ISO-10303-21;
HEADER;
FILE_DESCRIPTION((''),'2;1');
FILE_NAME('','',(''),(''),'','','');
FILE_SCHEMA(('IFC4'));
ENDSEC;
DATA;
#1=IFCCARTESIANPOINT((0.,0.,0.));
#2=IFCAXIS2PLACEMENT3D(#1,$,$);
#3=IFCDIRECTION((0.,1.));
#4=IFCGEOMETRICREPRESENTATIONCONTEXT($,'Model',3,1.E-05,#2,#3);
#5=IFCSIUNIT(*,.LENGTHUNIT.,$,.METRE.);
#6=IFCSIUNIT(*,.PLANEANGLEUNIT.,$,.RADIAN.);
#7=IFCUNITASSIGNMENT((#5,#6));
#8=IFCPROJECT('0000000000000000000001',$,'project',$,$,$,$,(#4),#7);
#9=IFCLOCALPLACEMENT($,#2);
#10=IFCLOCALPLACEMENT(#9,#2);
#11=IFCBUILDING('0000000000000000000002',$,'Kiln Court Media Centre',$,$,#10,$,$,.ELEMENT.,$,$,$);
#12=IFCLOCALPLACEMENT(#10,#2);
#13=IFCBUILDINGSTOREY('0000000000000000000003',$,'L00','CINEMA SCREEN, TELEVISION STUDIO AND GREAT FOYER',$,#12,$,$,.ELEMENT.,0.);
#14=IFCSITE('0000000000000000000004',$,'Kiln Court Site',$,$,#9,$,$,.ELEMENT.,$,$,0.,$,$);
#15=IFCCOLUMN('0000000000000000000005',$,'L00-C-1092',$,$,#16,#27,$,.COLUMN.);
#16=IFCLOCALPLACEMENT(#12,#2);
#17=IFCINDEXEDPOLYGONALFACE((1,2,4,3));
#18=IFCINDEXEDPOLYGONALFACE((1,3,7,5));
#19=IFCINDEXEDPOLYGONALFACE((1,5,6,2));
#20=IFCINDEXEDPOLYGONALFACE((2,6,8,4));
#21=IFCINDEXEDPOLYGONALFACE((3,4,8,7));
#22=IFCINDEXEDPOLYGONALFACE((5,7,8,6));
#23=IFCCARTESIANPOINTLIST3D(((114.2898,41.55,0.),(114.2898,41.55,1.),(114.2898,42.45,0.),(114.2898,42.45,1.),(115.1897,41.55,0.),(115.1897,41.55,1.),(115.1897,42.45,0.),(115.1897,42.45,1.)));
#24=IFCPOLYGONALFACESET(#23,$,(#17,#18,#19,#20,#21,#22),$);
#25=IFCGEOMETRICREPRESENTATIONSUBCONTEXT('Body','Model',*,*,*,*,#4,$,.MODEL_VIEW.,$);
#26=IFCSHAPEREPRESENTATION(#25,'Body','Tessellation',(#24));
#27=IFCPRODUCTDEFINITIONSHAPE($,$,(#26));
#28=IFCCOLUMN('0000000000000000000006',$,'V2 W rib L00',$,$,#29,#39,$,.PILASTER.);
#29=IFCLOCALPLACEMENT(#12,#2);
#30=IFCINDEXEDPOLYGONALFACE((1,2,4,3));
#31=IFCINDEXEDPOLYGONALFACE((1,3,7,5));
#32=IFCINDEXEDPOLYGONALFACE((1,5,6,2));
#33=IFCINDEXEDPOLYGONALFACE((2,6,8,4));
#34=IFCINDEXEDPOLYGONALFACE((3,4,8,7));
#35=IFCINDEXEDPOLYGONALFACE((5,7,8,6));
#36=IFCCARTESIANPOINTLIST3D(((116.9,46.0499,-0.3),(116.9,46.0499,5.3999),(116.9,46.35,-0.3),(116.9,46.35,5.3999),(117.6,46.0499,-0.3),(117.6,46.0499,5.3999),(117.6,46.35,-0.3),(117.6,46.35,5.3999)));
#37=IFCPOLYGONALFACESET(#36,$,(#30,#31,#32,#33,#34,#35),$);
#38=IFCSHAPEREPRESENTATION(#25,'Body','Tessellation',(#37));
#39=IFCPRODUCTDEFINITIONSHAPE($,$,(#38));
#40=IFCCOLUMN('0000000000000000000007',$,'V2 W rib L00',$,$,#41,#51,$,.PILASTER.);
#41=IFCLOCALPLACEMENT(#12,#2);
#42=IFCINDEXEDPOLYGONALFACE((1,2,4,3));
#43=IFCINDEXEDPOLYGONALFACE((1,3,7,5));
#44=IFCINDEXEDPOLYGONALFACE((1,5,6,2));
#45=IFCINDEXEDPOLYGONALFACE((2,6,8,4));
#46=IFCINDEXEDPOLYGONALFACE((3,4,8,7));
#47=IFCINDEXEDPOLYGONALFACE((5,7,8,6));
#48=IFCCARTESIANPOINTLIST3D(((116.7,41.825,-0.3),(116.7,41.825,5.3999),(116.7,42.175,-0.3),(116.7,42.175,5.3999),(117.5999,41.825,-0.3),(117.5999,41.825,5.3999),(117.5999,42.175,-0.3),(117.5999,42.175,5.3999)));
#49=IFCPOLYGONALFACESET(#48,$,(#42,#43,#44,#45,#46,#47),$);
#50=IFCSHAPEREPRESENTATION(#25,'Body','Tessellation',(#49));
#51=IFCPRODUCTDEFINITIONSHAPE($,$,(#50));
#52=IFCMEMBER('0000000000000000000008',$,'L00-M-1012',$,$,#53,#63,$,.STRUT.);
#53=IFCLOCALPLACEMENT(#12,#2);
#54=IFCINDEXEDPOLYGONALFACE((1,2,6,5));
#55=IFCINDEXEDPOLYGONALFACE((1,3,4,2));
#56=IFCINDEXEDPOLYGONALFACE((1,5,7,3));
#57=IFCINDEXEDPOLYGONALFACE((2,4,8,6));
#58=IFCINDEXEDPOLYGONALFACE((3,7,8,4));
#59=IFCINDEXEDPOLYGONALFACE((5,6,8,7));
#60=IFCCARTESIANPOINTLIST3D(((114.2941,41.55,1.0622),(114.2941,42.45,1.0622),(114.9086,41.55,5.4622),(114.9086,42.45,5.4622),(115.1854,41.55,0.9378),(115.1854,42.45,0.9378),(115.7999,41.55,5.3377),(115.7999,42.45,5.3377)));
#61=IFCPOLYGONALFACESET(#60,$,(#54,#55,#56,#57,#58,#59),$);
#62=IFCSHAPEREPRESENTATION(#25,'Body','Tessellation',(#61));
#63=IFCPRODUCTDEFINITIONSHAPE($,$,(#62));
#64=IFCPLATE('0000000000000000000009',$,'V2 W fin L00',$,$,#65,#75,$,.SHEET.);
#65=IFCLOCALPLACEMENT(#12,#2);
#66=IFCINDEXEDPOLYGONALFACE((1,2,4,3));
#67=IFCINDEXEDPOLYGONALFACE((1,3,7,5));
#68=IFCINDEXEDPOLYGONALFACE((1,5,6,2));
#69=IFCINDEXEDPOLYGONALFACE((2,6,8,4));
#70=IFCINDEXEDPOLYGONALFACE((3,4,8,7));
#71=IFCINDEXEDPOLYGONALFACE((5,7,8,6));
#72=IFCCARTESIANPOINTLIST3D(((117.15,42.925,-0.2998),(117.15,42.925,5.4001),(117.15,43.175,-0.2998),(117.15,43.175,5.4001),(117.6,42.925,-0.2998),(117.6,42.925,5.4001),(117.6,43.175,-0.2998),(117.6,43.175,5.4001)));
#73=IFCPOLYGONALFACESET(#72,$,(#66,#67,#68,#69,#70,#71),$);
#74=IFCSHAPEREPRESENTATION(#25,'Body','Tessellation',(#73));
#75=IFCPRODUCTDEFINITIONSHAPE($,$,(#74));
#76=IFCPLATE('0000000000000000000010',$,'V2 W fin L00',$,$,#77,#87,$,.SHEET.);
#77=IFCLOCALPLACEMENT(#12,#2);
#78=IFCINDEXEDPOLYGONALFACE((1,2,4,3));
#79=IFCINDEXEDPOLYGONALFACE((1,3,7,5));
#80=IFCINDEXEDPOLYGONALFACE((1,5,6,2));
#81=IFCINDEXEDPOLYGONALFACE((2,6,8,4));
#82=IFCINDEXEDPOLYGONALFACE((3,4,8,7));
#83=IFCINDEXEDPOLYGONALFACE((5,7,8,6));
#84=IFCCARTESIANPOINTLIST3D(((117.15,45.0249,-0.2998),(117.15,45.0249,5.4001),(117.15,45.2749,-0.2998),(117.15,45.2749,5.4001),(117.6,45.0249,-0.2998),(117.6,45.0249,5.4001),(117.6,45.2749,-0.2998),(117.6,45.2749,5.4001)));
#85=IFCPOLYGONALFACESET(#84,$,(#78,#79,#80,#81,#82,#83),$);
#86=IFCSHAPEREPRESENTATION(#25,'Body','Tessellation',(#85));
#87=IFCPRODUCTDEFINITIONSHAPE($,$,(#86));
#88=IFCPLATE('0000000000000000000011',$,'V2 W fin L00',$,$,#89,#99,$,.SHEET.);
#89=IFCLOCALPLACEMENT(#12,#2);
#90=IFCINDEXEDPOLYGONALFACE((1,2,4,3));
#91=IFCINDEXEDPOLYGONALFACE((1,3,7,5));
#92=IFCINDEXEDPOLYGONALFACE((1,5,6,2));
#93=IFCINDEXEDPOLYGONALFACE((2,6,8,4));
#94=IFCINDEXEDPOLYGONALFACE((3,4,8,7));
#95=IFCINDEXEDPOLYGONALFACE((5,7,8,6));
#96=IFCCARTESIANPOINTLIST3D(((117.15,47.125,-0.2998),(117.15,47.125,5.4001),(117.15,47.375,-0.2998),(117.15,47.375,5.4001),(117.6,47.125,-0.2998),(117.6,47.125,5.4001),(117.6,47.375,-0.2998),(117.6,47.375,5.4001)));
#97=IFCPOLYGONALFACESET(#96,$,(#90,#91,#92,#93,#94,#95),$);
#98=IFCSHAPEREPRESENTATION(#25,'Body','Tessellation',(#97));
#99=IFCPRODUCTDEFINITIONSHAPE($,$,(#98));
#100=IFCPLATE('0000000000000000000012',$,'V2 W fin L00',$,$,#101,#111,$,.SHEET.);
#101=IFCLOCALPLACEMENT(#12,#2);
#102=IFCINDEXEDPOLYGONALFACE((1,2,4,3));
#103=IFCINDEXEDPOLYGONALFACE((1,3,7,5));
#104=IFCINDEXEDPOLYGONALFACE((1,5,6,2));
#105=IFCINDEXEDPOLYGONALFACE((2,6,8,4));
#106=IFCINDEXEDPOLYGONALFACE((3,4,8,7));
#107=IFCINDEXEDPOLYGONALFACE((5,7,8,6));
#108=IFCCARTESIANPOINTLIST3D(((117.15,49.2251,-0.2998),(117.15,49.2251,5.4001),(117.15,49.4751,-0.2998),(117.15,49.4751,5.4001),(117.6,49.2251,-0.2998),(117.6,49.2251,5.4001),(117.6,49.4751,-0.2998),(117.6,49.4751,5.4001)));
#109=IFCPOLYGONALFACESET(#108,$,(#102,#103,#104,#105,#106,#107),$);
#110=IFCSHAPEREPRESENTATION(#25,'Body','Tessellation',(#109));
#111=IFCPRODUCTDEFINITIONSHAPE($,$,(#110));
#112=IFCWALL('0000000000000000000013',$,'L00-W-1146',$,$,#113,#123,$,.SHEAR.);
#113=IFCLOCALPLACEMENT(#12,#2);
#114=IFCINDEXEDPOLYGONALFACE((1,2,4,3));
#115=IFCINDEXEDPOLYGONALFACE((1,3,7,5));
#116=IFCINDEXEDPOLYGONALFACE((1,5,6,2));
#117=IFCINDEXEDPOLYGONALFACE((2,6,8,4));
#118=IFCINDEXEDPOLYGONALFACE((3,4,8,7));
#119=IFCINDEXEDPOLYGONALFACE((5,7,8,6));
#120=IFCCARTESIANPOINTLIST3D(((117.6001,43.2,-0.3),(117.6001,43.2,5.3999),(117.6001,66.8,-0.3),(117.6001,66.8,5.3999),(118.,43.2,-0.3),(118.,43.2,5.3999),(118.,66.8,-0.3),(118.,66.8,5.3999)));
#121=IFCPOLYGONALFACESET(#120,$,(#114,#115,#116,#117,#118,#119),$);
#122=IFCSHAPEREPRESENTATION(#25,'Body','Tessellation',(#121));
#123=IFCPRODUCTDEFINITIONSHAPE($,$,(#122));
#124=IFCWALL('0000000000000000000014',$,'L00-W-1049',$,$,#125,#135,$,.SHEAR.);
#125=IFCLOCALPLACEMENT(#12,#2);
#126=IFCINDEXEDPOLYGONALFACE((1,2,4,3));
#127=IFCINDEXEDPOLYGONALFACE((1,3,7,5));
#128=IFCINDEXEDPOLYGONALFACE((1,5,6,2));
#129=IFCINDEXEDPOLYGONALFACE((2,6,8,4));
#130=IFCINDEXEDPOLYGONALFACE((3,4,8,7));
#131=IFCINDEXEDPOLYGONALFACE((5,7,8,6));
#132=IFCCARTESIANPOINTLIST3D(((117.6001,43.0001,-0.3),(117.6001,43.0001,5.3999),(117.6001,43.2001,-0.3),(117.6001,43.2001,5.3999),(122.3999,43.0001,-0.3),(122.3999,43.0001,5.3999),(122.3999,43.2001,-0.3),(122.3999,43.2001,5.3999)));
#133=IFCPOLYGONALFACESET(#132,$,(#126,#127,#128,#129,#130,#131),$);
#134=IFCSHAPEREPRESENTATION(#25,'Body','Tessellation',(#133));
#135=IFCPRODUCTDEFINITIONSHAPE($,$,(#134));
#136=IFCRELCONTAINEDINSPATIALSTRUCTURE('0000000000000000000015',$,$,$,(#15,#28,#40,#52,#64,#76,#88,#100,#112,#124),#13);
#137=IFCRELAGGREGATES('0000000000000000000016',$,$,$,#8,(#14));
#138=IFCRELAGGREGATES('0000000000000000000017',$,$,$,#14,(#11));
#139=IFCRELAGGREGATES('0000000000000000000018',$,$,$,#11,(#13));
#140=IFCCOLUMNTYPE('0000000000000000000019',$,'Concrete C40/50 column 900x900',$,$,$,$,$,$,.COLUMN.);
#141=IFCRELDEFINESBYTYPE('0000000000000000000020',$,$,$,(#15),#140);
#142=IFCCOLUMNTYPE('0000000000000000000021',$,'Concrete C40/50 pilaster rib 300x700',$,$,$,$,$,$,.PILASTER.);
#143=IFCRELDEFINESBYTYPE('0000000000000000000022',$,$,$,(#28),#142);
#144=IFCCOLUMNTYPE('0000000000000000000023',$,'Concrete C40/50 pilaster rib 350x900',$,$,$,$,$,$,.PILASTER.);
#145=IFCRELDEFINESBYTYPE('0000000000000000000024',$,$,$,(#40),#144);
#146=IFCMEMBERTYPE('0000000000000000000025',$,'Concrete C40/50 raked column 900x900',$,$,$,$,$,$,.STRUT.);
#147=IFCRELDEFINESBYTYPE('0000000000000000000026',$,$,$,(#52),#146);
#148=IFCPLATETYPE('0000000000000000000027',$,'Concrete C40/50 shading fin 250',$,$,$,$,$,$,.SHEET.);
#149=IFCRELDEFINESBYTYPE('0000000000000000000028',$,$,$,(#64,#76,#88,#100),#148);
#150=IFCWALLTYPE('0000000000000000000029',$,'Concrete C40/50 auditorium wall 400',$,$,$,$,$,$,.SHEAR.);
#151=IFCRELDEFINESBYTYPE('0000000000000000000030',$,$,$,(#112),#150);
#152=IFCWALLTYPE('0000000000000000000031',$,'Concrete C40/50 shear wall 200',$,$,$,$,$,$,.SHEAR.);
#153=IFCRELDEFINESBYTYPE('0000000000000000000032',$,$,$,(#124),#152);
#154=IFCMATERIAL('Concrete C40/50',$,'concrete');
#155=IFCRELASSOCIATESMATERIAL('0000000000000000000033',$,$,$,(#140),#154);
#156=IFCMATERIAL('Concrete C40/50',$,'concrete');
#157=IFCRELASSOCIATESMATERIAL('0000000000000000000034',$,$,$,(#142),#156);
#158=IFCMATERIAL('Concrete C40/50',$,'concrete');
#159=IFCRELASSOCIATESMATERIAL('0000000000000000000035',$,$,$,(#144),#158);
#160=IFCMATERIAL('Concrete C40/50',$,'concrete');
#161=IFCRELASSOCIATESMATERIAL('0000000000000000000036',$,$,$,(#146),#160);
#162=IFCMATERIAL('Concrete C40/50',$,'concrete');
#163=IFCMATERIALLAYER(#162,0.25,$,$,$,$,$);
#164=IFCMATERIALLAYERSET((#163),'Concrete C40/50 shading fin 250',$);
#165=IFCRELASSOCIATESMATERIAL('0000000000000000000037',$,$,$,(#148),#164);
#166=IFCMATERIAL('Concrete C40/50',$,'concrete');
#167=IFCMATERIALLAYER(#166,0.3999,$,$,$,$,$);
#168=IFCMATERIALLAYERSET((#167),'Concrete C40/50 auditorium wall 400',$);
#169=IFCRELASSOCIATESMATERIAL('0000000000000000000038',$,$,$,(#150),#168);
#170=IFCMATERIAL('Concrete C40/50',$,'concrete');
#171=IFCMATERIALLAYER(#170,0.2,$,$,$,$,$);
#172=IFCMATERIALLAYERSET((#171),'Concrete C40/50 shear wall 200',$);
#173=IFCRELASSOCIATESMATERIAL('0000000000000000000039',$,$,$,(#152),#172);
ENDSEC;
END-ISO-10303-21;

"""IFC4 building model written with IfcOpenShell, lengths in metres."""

from ifc_helpers import new_model, si_unit, direction, frame, frame_2d, origin, origin_2d, place, context, subcontext, project, spatial, rectangle, extrude, material, layer, layer_set, material_profile, profile_set, type_object, element, save


model = new_model("IFC4")

# Units and contexts
model_context = context("Model", 3, precision=1e-05, world=origin(), true_north=direction((0.0, 1.0)))
body_context = subcontext(model_context, "Body", "Model", "MODEL_VIEW")
ifc_project = project(units=[si_unit("LENGTHUNIT", "METRE"), si_unit("PLANEANGLEUNIT", "RADIAN")], contexts=[model_context])

# Site, building, storey
site_placement = place(None, origin())
site = spatial("IfcSite", under=ifc_project, at=site_placement, Name="Kiln Court Site", CompositionType="ELEMENT", RefElevation=0.0)
building_placement = place(site_placement, origin())
building = spatial("IfcBuilding", under=site, at=building_placement, Name="Kiln Court Media Centre", CompositionType="ELEMENT")
storey_placement = place(building_placement, origin())
storey = spatial("IfcBuildingStorey", under=building, at=storey_placement, Name="L00", Description="CINEMA SCREEN, TELEVISION STUDIO AND GREAT FOYER", CompositionType="ELEMENT", Elevation=0.0)

# Columns
ifc_material_1 = material(Name="Concrete C40/50", Category="concrete")
ifc_material_profile_1 = material_profile(ifc_material_1, rectangle(XDim=0.8999, YDim=0.8999, at=origin_2d()), Name="RC 900x900")
ifc_profile_set_1 = profile_set([ifc_material_profile_1], Name="Concrete C40/50")
column_type_1 = type_object("IfcColumnType", Name="Concrete C40/50 column 900x900", PredefinedType="COLUMN", material=ifc_profile_set_1)
column_1_placement = place(storey_placement, frame((114.7397, 42.0, 0.0), z_axis=(0.0, 0.0, 1.0), x_axis=(1.0, 0.0, 0.0)))
element("IfcColumn", 1, at=column_1_placement, inside=storey, type_object=column_type_1, Name="L00-C-1092", PredefinedType="COLUMN", context=body_context, shape_type="SweptSolid", body=[
    extrude(rectangle(XDim=0.8999, YDim=0.8999, at=origin_2d()), origin(), (0.0, 0.0, 1.0), 1.0),
])
ifc_material_2 = material(Name="Concrete C40/50", Category="concrete")
ifc_material_profile_2 = material_profile(ifc_material_2, rectangle(XDim=0.3, YDim=0.7, at=origin_2d()), Name="RC 300x700")
ifc_profile_set_2 = profile_set([ifc_material_profile_2], Name="Concrete C40/50")
column_type_2 = type_object("IfcColumnType", Name="Concrete C40/50 pilaster rib 300x700", PredefinedType="PILASTER", material=ifc_profile_set_2)
column_2_placement = place(storey_placement, frame((117.25, 46.2, -0.3), z_axis=(0.0, 0.0, 1.0), x_axis=(0.0, 1.0, 0.0)))
element("IfcColumn", 2, at=column_2_placement, inside=storey, type_object=column_type_2, Name="V2 W rib L00", PredefinedType="PILASTER", context=body_context, shape_type="SweptSolid", body=[
    extrude(rectangle(XDim=0.3, YDim=0.7, at=origin_2d()), origin(), (0.0, 0.0, 1.0), 5.7),
])
ifc_material_3 = material(Name="Concrete C40/50", Category="concrete")
ifc_material_profile_3 = material_profile(ifc_material_3, rectangle(XDim=0.3501, YDim=0.8999, at=origin_2d()), Name="RC 350x900")
ifc_profile_set_3 = profile_set([ifc_material_profile_3], Name="Concrete C40/50")
column_type_3 = type_object("IfcColumnType", Name="Concrete C40/50 pilaster rib 350x900", PredefinedType="PILASTER", material=ifc_profile_set_3)
column_3_placement = place(storey_placement, frame((117.1499, 42.0, -0.3), z_axis=(0.0, 0.0, 1.0), x_axis=(0.0, 1.0, 0.0)))
element("IfcColumn", 3, at=column_3_placement, inside=storey, type_object=column_type_3, Name="V2 W rib L00", PredefinedType="PILASTER", context=body_context, shape_type="SweptSolid", body=[
    extrude(rectangle(XDim=0.3501, YDim=0.8999, at=origin_2d()), origin(), (0.0, 0.0, 1.0), 5.7),
])

# Member
ifc_material_4 = material(Name="Concrete C40/50", Category="concrete")
ifc_material_profile_4 = material_profile(ifc_material_4, rectangle(XDim=0.8999, YDim=0.8999, at=origin_2d()), Name="RC 900x900")
ifc_profile_set_4 = profile_set([ifc_material_profile_4], Name="Concrete C40/50")
member_type = type_object("IfcMemberType", Name="Concrete C40/50 raked column 900x900", PredefinedType="STRUT", material=ifc_profile_set_4)
member_placement = place(storey_placement, frame((114.7397, 42.0, 1.0), z_axis=(0.13832, 0.0, 0.990388), x_axis=(0.0, 1.0, 0.0)))
element("IfcMember", 4, at=member_placement, inside=storey, type_object=member_type, Name="L00-M-1012", PredefinedType="STRUT", context=body_context, shape_type="SweptSolid", body=[
    extrude(rectangle(XDim=0.8999, YDim=0.8999, at=origin_2d()), origin(), (0.0, 0.0, 1.0), 4.4426),
])

# Plates
ifc_material_5 = material(Name="Concrete C40/50", Category="concrete")
ifc_layer_1 = layer(ifc_material_5, 0.25)
ifc_layer_set_1 = layer_set([ifc_layer_1], Name="Concrete C40/50 shading fin 250")
plate_type = type_object("IfcPlateType", Name="Concrete C40/50 shading fin 250", PredefinedType="SHEET", material=ifc_layer_set_1)
for number, where, z_axis, x_axis, name in (
    (5, (117.375, 43.05, -0.2998), (0.0, 0.0, 1.0), (1.0, 0.0, 0.0), "V2 W fin L00"),
    (6, (117.375, 45.1499, -0.2998), (0.0, 0.0, 1.0), (1.0, 0.0, 0.0), "V2 W fin L00"),
    (7, (117.375, 47.25, -0.2998), (0.0, 0.0, 1.0), (1.0, 0.0, 0.0), "V2 W fin L00"),
    (8, (117.375, 49.3501, -0.2998), (0.0, 0.0, 1.0), (1.0, 0.0, 0.0), "V2 W fin L00"),
):
    element("IfcPlate", number, at=place(storey_placement, frame(where, z_axis=z_axis, x_axis=x_axis)), inside=storey, type_object=plate_type, Name=name, PredefinedType="SHEET", context=body_context, shape_type="SweptSolid", body=[
        extrude(rectangle(XDim=0.45, YDim=0.25, at=origin_2d()), origin(), (0.0, 0.0, 1.0), 5.7),
    ])

# Walls
ifc_material_6 = material(Name="Concrete C40/50", Category="concrete")
ifc_layer_2 = layer(ifc_material_6, 0.3999)
ifc_layer_set_2 = layer_set([ifc_layer_2], Name="Concrete C40/50 auditorium wall 400")
wall_type_1 = type_object("IfcWallType", Name="Concrete C40/50 auditorium wall 400", PredefinedType="SHEAR", material=ifc_layer_set_2)
wall_1_placement = place(storey_placement, frame((117.8, 43.2, -0.3), z_axis=(0.0, 0.0, 1.0), x_axis=(0.0, 1.0, 0.0)))
element("IfcWall", 9, at=wall_1_placement, inside=storey, type_object=wall_type_1, Name="L00-W-1146", PredefinedType="SHEAR", context=body_context, shape_type="SweptSolid", body=[
    extrude(rectangle(XDim=23.6001, YDim=0.3999, at=frame_2d((11.8, 0.0))), origin(), (0.0, 0.0, 1.0), 5.7),
])
ifc_material_7 = material(Name="Concrete C40/50", Category="concrete")
ifc_layer_3 = layer(ifc_material_7, 0.2)
ifc_layer_set_3 = layer_set([ifc_layer_3], Name="Concrete C40/50 shear wall 200")
wall_type_2 = type_object("IfcWallType", Name="Concrete C40/50 shear wall 200", PredefinedType="SHEAR", material=ifc_layer_set_3)
wall_2_placement = place(storey_placement, frame((117.6001, 43.1001, -0.3), z_axis=(0.0, 0.0, 1.0), x_axis=(1.0, 0.0, 0.0)))
element("IfcWall", 10, at=wall_2_placement, inside=storey, type_object=wall_type_2, Name="L00-W-1049", PredefinedType="SHEAR", context=body_context, shape_type="SweptSolid", body=[
    extrude(rectangle(XDim=4.7998, YDim=0.2, at=frame_2d((2.3999, 0.0))), origin(), (0.0, 0.0, 1.0), 5.7),
])

save(model, "model.ifc")
